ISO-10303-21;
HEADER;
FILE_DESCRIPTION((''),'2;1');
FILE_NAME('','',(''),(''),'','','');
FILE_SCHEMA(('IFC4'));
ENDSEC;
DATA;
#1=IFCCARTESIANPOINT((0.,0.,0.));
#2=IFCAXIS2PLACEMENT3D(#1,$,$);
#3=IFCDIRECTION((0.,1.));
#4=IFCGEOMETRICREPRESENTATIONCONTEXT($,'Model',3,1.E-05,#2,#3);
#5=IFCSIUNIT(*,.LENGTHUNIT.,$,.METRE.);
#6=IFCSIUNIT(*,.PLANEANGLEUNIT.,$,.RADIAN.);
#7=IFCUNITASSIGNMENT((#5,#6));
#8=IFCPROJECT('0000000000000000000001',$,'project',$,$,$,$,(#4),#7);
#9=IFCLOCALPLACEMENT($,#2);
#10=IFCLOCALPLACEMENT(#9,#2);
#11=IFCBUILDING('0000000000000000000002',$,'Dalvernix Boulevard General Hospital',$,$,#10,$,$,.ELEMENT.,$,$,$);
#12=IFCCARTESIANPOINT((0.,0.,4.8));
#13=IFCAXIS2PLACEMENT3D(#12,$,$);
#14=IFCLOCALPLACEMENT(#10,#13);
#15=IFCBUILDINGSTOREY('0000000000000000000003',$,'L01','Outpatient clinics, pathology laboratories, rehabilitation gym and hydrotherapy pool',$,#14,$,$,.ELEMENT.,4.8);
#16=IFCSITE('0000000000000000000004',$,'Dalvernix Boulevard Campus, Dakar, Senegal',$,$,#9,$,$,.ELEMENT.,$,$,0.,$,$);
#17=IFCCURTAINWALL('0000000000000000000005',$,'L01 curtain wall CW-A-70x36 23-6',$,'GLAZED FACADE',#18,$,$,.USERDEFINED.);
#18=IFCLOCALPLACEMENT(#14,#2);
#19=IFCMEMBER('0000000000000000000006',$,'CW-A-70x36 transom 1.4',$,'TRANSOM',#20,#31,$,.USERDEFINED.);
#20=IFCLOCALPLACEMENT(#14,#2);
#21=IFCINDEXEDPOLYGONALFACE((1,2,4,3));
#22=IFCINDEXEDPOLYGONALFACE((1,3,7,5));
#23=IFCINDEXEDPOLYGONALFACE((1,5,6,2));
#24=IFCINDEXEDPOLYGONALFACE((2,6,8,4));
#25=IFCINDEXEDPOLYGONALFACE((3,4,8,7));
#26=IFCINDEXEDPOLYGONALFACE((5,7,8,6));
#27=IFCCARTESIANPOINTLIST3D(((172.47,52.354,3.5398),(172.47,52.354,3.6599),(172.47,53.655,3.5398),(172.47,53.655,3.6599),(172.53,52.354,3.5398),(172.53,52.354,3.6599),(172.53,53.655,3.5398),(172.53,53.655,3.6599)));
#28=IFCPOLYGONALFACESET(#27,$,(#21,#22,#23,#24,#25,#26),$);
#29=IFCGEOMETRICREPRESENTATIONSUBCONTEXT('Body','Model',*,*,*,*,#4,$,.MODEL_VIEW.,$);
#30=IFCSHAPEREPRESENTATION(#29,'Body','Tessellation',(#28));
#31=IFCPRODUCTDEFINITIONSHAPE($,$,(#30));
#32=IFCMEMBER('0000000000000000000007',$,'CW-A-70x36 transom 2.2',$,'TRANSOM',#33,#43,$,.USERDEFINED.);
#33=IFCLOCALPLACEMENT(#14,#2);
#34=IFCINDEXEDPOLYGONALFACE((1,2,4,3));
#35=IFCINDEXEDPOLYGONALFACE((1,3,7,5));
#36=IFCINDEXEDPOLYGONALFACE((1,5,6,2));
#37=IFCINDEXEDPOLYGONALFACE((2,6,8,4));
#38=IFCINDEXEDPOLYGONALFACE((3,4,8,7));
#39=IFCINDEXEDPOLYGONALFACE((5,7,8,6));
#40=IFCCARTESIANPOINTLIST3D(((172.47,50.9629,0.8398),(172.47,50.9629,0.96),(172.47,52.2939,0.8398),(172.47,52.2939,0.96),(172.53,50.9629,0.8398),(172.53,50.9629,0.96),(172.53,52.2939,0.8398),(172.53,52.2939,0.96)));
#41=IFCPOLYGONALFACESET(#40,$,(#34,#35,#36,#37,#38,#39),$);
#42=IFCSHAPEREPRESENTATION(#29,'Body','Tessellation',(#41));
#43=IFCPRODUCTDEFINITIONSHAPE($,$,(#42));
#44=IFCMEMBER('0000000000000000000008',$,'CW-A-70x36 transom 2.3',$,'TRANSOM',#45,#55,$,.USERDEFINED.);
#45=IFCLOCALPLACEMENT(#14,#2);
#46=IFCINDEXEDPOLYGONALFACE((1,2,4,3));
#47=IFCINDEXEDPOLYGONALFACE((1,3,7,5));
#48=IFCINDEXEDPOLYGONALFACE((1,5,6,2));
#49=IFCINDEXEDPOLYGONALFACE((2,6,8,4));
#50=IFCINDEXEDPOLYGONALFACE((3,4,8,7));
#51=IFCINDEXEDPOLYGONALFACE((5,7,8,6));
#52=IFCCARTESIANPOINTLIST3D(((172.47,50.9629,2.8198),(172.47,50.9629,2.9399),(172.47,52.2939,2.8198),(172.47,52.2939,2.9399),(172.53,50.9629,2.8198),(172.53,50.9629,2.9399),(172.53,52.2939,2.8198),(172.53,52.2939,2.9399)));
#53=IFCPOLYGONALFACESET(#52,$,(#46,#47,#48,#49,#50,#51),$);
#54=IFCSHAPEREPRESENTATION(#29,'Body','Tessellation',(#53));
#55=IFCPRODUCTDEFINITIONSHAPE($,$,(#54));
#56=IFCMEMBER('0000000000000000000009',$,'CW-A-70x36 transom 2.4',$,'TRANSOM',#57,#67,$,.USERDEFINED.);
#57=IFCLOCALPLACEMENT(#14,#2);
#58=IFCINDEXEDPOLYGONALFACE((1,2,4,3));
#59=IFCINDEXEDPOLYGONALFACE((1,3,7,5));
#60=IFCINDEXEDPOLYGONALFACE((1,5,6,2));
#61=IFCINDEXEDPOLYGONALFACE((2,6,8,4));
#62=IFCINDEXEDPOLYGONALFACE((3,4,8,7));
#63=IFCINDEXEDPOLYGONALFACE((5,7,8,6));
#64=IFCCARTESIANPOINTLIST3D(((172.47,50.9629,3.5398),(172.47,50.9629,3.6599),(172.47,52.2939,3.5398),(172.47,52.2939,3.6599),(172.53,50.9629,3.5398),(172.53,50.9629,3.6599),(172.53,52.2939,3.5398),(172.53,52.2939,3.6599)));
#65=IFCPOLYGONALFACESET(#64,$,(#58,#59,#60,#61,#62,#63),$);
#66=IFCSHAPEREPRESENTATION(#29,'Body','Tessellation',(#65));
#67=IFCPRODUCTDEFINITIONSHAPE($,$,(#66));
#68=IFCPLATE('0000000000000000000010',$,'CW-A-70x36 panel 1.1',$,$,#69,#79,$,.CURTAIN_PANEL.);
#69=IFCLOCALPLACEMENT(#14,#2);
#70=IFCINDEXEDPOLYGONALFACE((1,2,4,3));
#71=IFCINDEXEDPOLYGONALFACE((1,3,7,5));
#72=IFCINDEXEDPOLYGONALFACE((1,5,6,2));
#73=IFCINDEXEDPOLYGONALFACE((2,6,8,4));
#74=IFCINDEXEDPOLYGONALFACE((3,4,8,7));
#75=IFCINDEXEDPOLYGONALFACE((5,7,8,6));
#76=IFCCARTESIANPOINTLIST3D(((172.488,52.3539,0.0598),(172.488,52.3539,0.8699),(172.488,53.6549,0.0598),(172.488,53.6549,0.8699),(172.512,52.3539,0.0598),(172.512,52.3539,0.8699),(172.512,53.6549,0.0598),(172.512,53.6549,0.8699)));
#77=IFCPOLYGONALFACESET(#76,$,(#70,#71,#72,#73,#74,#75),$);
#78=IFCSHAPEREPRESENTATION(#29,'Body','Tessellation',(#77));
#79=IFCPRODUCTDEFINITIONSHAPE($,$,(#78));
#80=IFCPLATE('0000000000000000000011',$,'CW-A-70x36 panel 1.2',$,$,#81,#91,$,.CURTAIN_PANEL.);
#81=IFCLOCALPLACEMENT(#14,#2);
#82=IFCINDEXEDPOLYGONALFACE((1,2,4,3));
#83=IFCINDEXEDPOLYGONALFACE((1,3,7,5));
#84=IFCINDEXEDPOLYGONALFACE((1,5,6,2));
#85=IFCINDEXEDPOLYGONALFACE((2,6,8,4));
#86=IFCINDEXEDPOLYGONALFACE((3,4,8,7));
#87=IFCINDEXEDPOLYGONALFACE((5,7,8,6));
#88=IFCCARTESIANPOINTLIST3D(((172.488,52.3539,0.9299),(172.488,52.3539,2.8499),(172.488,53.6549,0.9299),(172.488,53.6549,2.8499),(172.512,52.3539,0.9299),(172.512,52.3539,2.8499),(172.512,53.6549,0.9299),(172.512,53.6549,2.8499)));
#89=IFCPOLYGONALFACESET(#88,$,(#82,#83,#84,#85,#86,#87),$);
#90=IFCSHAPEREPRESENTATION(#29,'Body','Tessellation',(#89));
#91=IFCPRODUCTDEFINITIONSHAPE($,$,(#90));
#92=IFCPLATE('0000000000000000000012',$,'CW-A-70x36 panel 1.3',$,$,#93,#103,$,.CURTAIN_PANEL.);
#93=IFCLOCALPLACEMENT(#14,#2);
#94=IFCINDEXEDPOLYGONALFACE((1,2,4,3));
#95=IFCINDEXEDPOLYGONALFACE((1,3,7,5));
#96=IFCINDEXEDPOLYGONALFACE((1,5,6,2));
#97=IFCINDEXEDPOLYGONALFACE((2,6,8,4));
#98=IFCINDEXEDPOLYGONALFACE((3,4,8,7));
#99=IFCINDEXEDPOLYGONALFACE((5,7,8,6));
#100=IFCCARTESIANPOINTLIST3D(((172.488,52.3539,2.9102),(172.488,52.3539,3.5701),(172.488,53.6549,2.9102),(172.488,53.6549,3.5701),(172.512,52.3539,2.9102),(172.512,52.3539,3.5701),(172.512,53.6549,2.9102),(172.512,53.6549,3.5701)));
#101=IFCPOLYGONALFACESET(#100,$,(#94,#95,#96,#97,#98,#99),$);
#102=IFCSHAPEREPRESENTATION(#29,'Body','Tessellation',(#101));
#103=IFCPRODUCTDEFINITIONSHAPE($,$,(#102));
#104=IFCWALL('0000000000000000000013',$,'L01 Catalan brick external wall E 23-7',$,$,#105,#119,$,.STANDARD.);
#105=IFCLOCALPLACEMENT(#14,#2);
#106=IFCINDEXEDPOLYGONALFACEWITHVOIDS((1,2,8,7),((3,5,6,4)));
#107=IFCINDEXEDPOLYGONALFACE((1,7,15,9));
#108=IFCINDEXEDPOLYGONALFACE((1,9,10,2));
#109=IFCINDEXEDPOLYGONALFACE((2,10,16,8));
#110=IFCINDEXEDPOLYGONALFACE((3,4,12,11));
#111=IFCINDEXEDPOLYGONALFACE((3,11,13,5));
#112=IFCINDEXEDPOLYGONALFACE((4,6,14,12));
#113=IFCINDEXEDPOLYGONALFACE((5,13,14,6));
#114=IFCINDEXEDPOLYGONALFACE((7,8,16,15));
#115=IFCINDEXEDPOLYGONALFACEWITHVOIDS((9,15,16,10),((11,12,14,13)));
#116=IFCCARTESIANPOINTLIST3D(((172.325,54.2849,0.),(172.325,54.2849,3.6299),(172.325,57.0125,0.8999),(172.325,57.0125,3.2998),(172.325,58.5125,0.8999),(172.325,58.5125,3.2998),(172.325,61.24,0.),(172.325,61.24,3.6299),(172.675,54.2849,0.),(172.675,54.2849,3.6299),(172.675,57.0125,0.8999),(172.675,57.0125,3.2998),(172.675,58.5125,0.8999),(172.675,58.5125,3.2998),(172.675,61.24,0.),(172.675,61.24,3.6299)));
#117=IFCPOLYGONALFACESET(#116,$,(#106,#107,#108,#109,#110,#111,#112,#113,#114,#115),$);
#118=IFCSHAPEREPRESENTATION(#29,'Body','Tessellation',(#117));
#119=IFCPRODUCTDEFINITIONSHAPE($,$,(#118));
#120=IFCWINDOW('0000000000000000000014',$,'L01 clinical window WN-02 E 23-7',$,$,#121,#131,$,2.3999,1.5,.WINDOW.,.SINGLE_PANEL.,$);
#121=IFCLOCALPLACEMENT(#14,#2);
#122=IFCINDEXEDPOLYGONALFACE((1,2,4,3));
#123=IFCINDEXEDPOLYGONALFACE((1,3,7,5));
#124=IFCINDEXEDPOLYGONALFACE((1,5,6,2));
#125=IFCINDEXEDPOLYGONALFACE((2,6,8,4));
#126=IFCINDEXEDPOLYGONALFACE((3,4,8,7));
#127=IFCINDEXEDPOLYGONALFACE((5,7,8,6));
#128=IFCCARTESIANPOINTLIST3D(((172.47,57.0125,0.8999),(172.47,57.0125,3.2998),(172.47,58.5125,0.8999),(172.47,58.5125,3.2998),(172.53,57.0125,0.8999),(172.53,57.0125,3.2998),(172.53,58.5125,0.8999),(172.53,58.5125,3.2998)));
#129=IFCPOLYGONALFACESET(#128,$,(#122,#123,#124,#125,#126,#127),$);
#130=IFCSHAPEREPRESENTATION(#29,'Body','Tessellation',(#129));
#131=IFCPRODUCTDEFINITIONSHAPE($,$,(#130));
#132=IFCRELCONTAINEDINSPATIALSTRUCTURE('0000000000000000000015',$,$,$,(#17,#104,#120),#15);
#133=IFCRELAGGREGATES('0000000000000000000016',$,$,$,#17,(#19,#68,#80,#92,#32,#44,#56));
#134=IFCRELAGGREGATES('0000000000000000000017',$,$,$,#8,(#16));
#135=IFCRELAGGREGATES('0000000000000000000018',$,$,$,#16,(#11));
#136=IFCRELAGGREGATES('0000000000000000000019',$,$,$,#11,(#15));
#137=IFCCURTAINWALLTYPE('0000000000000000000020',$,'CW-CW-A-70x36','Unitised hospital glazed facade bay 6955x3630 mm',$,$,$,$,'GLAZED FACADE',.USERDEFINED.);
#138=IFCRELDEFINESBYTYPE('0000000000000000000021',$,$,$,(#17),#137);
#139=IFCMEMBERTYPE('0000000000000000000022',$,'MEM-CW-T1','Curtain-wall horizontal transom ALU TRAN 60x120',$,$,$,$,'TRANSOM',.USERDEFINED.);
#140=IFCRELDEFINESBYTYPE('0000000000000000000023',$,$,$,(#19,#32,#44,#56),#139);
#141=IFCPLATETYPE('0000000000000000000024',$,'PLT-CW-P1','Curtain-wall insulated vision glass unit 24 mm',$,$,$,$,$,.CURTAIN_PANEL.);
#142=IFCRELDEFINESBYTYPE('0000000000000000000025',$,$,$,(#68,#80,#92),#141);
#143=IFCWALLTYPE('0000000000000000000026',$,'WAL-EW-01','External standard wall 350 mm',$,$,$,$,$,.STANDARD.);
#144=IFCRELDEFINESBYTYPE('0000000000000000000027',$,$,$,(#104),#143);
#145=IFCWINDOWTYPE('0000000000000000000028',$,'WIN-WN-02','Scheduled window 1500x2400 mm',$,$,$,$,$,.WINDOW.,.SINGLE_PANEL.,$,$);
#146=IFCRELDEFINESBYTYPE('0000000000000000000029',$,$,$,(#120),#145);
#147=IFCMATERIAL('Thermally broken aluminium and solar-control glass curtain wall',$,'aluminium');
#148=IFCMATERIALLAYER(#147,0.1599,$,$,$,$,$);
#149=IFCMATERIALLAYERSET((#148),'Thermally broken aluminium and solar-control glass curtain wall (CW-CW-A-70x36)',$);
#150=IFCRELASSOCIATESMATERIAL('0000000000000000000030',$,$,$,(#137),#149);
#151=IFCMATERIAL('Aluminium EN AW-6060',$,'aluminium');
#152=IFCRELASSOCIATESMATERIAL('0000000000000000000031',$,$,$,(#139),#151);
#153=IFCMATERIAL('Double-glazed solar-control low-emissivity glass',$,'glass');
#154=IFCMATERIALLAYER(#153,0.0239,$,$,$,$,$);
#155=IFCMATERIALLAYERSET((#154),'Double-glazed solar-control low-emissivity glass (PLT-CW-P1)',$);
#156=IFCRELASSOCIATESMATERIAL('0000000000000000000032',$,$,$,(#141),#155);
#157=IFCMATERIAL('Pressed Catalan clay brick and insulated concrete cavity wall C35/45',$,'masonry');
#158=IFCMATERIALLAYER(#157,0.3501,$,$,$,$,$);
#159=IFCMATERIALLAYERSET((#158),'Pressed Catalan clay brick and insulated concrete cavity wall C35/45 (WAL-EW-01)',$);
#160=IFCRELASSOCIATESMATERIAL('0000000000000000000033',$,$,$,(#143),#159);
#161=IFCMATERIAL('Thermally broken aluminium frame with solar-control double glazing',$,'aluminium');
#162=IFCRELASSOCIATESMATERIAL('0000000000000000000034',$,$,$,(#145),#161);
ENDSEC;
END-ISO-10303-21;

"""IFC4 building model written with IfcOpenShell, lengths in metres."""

from ifc_helpers import new_model, si_unit, direction, frame, frame_2d, origin, origin_2d, place, context, subcontext, project, spatial, rectangle, extrude, material, layer, layer_set, material_profile, profile_set, type_object, element, fill, aggregate, save


model = new_model("IFC4")

# Units and contexts
model_context = context("Model", 3, precision=1e-05, world=origin(), true_north=direction((0.0, 1.0)))
body_context = subcontext(model_context, "Body", "Model", "MODEL_VIEW")
ifc_project = project(units=[si_unit("LENGTHUNIT", "METRE"), si_unit("PLANEANGLEUNIT", "RADIAN")], contexts=[model_context])

# Site, building, storey
site_placement = place(None, origin())
site = spatial("IfcSite", under=ifc_project, at=site_placement, Name="Dalvernix Boulevard Campus, Dakar, Senegal", CompositionType="ELEMENT", RefElevation=0.0)
building_placement = place(site_placement, origin())
building = spatial("IfcBuilding", under=site, at=building_placement, Name="Dalvernix Boulevard General Hospital", CompositionType="ELEMENT")
storey_placement = place(building_placement, frame((0.0, 0.0, 4.8)))
storey = spatial("IfcBuildingStorey", under=building, at=storey_placement, Name="L01", Description="Outpatient clinics, pathology laboratories, rehabilitation gym and hydrotherapy pool", CompositionType="ELEMENT", Elevation=4.8)

# Curtain wall, members, plates
ifc_material_1 = material(Name="Thermally broken aluminium and solar-control glass curtain wall", Category="aluminium")
ifc_layer_1 = layer(ifc_material_1, 0.1599)
ifc_layer_set_1 = layer_set([ifc_layer_1], Name="Thermally broken aluminium and solar-control glass curtain wall (CW-CW-A-70x36)")
curtain_wall_type = type_object("IfcCurtainWallType", Name="CW-CW-A-70x36", Description="Unitised hospital glazed facade bay 6955x3630 mm", ElementType="GLAZED FACADE", PredefinedType="USERDEFINED", material=ifc_layer_set_1)
curtain_wall_placement = place(storey_placement, origin())
curtain_wall = element("IfcCurtainWall", 1, at=curtain_wall_placement, inside=storey, type_object=curtain_wall_type, Name="L01 curtain wall CW-A-70x36 23-6", ObjectType="GLAZED FACADE", PredefinedType="USERDEFINED")
ifc_material_2 = material(Name="Aluminium EN AW-6060", Category="aluminium")
ifc_material_profile_1 = material_profile(ifc_material_2, rectangle(XDim=0.0601, YDim=0.1201, at=origin_2d()), Name="ALU TRAN 60x120")
ifc_profile_set_1 = profile_set([ifc_material_profile_1], Name="Aluminium EN AW-6060")
member_type_1 = type_object("IfcMemberType", Name="MEM-CW-T1", Description="Curtain-wall horizontal transom ALU TRAN 60x120", ElementType="TRANSOM", PredefinedType="USERDEFINED", material=ifc_profile_set_1)
member_1_placement = place(storey_placement, frame((172.5, 53.655, 3.5999), z_axis=(0.0, -1.0, 0.0), x_axis=(1.0, 0.0, 0.0)))
member_1 = element("IfcMember", 2, at=member_1_placement, type_object=member_type_1, Name="CW-A-70x36 transom 1.4", ObjectType="TRANSOM", PredefinedType="USERDEFINED", context=body_context, shape_type="SweptSolid", body=[
    extrude(rectangle(XDim=0.0601, YDim=0.1201, at=origin_2d()), origin(), (0.0, 0.0, 1.0), 1.301),
])
member_2_placement = place(storey_placement, frame((172.5, 52.2939, 0.8999), z_axis=(0.0, -1.0, 0.0), x_axis=(1.0, 0.0, 0.0)))
member_2 = element("IfcMember", 3, at=member_2_placement, type_object=member_type_1, Name="CW-A-70x36 transom 2.2", ObjectType="TRANSOM", PredefinedType="USERDEFINED", context=body_context, shape_type="SweptSolid", body=[
    extrude(rectangle(XDim=0.0601, YDim=0.1201, at=origin_2d()), origin(), (0.0, 0.0, 1.0), 1.3311),
])
member_3_placement = place(storey_placement, frame((172.5, 52.2939, 2.8799), z_axis=(0.0, -1.0, 0.0), x_axis=(1.0, 0.0, 0.0)))
member_3 = element("IfcMember", 4, at=member_3_placement, type_object=member_type_1, Name="CW-A-70x36 transom 2.3", ObjectType="TRANSOM", PredefinedType="USERDEFINED", context=body_context, shape_type="SweptSolid", body=[
    extrude(rectangle(XDim=0.0601, YDim=0.1201, at=origin_2d()), origin(), (0.0, 0.0, 1.0), 1.3311),
])
member_4_placement = place(storey_placement, frame((172.5, 52.2939, 3.5999), z_axis=(0.0, -1.0, 0.0), x_axis=(1.0, 0.0, 0.0)))
member_4 = element("IfcMember", 5, at=member_4_placement, type_object=member_type_1, Name="CW-A-70x36 transom 2.4", ObjectType="TRANSOM", PredefinedType="USERDEFINED", context=body_context, shape_type="SweptSolid", body=[
    extrude(rectangle(XDim=0.0601, YDim=0.1201, at=origin_2d()), origin(), (0.0, 0.0, 1.0), 1.3311),
])
ifc_material_3 = material(Name="Double-glazed solar-control low-emissivity glass", Category="glass")
ifc_layer_2 = layer(ifc_material_3, 0.0239)
ifc_layer_set_2 = layer_set([ifc_layer_2], Name="Double-glazed solar-control low-emissivity glass (PLT-CW-P1)")
plate_type = type_object("IfcPlateType", Name="PLT-CW-P1", Description="Curtain-wall insulated vision glass unit 24 mm", PredefinedType="CURTAIN_PANEL", material=ifc_layer_set_2)
plate_1_placement = place(storey_placement, frame((172.5, 53.0044, 0.0598), z_axis=(0.0, 0.0, 1.0), x_axis=(0.0, -1.0, 0.0)))
plate_1 = element("IfcPlate", 6, at=plate_1_placement, type_object=plate_type, Name="CW-A-70x36 panel 1.1", PredefinedType="CURTAIN_PANEL", context=body_context, shape_type="SweptSolid", body=[
    extrude(rectangle(XDim=1.301, YDim=0.0239, at=origin_2d()), origin(), (0.0, 0.0, 1.0), 0.8101),
])
plate_2_placement = place(storey_placement, frame((172.5, 53.0044, 0.9299), z_axis=(0.0, 0.0, 1.0), x_axis=(0.0, -1.0, 0.0)))
plate_2 = element("IfcPlate", 7, at=plate_2_placement, type_object=plate_type, Name="CW-A-70x36 panel 1.2", PredefinedType="CURTAIN_PANEL", context=body_context, shape_type="SweptSolid", body=[
    extrude(rectangle(XDim=1.301, YDim=0.0239, at=origin_2d()), origin(), (0.0, 0.0, 1.0), 1.9199),
])
plate_3_placement = place(storey_placement, frame((172.5, 53.0044, 2.9102), z_axis=(0.0, 0.0, 1.0), x_axis=(0.0, -1.0, 0.0)))
plate_3 = element("IfcPlate", 8, at=plate_3_placement, type_object=plate_type, Name="CW-A-70x36 panel 1.3", PredefinedType="CURTAIN_PANEL", context=body_context, shape_type="SweptSolid", body=[
    extrude(rectangle(XDim=1.301, YDim=0.0239, at=origin_2d()), origin(), (0.0, 0.0, 1.0), 0.6599),
])
aggregate(curtain_wall, [member_1, plate_1, plate_2, plate_3, member_2, member_3, member_4])

# Wall, opening, window
ifc_material_4 = material(Name="Pressed Catalan clay brick and insulated concrete cavity wall C35/45", Category="masonry")
ifc_layer_3 = layer(ifc_material_4, 0.3501)
ifc_layer_set_3 = layer_set([ifc_layer_3], Name="Pressed Catalan clay brick and insulated concrete cavity wall C35/45 (WAL-EW-01)")
wall_type = type_object("IfcWallType", Name="WAL-EW-01", Description="External standard wall 350 mm", PredefinedType="STANDARD", material=ifc_layer_set_3)
wall_placement = place(storey_placement, frame((172.5, 61.24, 0.0), z_axis=(0.0, 0.0, 1.0), x_axis=(0.0, -1.0, 0.0)))
wall = element("IfcWall", 9, at=wall_placement, inside=storey, type_object=wall_type, Name="L01 Catalan brick external wall E 23-7", PredefinedType="STANDARD", context=body_context, shape_type="SweptSolid", body=[
    extrude(rectangle(XDim=6.9551, YDim=0.3501, at=frame_2d((3.4775, 0.0))), origin(), (0.0, 0.0, 1.0), 3.6299),
])
opening_placement = place(wall_placement, frame((2.7275, 0.0, 0.8999)))
opening = element("IfcOpeningElement", 10, at=opening_placement, cuts=wall, PredefinedType="OPENING", context=body_context, shape_type="SweptSolid", body=[
    extrude(rectangle(XDim=1.5, YDim=2.3999, at=frame_2d((0.75, 1.2))), frame((0.0, 0.1851, 0.0), z_axis=(0.0, -1.0, 0.0), x_axis=(1.0, 0.0, 0.0)), (0.0, 0.0, 1.0), 0.3701),
])
ifc_material_5 = material(Name="Thermally broken aluminium frame with solar-control double glazing", Category="aluminium")
window_type = type_object("IfcWindowType", Name="WIN-WN-02", Description="Scheduled window 1500x2400 mm", PartitioningType="SINGLE_PANEL", PredefinedType="WINDOW", material=ifc_material_5)
window_placement = place(opening_placement, origin())
window = element("IfcWindow", 11, at=window_placement, inside=storey, type_object=window_type, Name="L01 clinical window WN-02 E 23-7", OverallHeight=2.3999, OverallWidth=1.5, PartitioningType="SINGLE_PANEL", PredefinedType="WINDOW", context=body_context, shape_type="SweptSolid", body=[
    extrude(rectangle(XDim=1.5, YDim=2.3999, at=frame_2d((0.75, 1.2))), frame((0.0, 0.03, 0.0), z_axis=(0.0, -1.0, 0.0), x_axis=(1.0, 0.0, 0.0)), (0.0, 0.0, 1.0), 0.0601),
])
fill(opening, window)

save(model, "model.ifc")
